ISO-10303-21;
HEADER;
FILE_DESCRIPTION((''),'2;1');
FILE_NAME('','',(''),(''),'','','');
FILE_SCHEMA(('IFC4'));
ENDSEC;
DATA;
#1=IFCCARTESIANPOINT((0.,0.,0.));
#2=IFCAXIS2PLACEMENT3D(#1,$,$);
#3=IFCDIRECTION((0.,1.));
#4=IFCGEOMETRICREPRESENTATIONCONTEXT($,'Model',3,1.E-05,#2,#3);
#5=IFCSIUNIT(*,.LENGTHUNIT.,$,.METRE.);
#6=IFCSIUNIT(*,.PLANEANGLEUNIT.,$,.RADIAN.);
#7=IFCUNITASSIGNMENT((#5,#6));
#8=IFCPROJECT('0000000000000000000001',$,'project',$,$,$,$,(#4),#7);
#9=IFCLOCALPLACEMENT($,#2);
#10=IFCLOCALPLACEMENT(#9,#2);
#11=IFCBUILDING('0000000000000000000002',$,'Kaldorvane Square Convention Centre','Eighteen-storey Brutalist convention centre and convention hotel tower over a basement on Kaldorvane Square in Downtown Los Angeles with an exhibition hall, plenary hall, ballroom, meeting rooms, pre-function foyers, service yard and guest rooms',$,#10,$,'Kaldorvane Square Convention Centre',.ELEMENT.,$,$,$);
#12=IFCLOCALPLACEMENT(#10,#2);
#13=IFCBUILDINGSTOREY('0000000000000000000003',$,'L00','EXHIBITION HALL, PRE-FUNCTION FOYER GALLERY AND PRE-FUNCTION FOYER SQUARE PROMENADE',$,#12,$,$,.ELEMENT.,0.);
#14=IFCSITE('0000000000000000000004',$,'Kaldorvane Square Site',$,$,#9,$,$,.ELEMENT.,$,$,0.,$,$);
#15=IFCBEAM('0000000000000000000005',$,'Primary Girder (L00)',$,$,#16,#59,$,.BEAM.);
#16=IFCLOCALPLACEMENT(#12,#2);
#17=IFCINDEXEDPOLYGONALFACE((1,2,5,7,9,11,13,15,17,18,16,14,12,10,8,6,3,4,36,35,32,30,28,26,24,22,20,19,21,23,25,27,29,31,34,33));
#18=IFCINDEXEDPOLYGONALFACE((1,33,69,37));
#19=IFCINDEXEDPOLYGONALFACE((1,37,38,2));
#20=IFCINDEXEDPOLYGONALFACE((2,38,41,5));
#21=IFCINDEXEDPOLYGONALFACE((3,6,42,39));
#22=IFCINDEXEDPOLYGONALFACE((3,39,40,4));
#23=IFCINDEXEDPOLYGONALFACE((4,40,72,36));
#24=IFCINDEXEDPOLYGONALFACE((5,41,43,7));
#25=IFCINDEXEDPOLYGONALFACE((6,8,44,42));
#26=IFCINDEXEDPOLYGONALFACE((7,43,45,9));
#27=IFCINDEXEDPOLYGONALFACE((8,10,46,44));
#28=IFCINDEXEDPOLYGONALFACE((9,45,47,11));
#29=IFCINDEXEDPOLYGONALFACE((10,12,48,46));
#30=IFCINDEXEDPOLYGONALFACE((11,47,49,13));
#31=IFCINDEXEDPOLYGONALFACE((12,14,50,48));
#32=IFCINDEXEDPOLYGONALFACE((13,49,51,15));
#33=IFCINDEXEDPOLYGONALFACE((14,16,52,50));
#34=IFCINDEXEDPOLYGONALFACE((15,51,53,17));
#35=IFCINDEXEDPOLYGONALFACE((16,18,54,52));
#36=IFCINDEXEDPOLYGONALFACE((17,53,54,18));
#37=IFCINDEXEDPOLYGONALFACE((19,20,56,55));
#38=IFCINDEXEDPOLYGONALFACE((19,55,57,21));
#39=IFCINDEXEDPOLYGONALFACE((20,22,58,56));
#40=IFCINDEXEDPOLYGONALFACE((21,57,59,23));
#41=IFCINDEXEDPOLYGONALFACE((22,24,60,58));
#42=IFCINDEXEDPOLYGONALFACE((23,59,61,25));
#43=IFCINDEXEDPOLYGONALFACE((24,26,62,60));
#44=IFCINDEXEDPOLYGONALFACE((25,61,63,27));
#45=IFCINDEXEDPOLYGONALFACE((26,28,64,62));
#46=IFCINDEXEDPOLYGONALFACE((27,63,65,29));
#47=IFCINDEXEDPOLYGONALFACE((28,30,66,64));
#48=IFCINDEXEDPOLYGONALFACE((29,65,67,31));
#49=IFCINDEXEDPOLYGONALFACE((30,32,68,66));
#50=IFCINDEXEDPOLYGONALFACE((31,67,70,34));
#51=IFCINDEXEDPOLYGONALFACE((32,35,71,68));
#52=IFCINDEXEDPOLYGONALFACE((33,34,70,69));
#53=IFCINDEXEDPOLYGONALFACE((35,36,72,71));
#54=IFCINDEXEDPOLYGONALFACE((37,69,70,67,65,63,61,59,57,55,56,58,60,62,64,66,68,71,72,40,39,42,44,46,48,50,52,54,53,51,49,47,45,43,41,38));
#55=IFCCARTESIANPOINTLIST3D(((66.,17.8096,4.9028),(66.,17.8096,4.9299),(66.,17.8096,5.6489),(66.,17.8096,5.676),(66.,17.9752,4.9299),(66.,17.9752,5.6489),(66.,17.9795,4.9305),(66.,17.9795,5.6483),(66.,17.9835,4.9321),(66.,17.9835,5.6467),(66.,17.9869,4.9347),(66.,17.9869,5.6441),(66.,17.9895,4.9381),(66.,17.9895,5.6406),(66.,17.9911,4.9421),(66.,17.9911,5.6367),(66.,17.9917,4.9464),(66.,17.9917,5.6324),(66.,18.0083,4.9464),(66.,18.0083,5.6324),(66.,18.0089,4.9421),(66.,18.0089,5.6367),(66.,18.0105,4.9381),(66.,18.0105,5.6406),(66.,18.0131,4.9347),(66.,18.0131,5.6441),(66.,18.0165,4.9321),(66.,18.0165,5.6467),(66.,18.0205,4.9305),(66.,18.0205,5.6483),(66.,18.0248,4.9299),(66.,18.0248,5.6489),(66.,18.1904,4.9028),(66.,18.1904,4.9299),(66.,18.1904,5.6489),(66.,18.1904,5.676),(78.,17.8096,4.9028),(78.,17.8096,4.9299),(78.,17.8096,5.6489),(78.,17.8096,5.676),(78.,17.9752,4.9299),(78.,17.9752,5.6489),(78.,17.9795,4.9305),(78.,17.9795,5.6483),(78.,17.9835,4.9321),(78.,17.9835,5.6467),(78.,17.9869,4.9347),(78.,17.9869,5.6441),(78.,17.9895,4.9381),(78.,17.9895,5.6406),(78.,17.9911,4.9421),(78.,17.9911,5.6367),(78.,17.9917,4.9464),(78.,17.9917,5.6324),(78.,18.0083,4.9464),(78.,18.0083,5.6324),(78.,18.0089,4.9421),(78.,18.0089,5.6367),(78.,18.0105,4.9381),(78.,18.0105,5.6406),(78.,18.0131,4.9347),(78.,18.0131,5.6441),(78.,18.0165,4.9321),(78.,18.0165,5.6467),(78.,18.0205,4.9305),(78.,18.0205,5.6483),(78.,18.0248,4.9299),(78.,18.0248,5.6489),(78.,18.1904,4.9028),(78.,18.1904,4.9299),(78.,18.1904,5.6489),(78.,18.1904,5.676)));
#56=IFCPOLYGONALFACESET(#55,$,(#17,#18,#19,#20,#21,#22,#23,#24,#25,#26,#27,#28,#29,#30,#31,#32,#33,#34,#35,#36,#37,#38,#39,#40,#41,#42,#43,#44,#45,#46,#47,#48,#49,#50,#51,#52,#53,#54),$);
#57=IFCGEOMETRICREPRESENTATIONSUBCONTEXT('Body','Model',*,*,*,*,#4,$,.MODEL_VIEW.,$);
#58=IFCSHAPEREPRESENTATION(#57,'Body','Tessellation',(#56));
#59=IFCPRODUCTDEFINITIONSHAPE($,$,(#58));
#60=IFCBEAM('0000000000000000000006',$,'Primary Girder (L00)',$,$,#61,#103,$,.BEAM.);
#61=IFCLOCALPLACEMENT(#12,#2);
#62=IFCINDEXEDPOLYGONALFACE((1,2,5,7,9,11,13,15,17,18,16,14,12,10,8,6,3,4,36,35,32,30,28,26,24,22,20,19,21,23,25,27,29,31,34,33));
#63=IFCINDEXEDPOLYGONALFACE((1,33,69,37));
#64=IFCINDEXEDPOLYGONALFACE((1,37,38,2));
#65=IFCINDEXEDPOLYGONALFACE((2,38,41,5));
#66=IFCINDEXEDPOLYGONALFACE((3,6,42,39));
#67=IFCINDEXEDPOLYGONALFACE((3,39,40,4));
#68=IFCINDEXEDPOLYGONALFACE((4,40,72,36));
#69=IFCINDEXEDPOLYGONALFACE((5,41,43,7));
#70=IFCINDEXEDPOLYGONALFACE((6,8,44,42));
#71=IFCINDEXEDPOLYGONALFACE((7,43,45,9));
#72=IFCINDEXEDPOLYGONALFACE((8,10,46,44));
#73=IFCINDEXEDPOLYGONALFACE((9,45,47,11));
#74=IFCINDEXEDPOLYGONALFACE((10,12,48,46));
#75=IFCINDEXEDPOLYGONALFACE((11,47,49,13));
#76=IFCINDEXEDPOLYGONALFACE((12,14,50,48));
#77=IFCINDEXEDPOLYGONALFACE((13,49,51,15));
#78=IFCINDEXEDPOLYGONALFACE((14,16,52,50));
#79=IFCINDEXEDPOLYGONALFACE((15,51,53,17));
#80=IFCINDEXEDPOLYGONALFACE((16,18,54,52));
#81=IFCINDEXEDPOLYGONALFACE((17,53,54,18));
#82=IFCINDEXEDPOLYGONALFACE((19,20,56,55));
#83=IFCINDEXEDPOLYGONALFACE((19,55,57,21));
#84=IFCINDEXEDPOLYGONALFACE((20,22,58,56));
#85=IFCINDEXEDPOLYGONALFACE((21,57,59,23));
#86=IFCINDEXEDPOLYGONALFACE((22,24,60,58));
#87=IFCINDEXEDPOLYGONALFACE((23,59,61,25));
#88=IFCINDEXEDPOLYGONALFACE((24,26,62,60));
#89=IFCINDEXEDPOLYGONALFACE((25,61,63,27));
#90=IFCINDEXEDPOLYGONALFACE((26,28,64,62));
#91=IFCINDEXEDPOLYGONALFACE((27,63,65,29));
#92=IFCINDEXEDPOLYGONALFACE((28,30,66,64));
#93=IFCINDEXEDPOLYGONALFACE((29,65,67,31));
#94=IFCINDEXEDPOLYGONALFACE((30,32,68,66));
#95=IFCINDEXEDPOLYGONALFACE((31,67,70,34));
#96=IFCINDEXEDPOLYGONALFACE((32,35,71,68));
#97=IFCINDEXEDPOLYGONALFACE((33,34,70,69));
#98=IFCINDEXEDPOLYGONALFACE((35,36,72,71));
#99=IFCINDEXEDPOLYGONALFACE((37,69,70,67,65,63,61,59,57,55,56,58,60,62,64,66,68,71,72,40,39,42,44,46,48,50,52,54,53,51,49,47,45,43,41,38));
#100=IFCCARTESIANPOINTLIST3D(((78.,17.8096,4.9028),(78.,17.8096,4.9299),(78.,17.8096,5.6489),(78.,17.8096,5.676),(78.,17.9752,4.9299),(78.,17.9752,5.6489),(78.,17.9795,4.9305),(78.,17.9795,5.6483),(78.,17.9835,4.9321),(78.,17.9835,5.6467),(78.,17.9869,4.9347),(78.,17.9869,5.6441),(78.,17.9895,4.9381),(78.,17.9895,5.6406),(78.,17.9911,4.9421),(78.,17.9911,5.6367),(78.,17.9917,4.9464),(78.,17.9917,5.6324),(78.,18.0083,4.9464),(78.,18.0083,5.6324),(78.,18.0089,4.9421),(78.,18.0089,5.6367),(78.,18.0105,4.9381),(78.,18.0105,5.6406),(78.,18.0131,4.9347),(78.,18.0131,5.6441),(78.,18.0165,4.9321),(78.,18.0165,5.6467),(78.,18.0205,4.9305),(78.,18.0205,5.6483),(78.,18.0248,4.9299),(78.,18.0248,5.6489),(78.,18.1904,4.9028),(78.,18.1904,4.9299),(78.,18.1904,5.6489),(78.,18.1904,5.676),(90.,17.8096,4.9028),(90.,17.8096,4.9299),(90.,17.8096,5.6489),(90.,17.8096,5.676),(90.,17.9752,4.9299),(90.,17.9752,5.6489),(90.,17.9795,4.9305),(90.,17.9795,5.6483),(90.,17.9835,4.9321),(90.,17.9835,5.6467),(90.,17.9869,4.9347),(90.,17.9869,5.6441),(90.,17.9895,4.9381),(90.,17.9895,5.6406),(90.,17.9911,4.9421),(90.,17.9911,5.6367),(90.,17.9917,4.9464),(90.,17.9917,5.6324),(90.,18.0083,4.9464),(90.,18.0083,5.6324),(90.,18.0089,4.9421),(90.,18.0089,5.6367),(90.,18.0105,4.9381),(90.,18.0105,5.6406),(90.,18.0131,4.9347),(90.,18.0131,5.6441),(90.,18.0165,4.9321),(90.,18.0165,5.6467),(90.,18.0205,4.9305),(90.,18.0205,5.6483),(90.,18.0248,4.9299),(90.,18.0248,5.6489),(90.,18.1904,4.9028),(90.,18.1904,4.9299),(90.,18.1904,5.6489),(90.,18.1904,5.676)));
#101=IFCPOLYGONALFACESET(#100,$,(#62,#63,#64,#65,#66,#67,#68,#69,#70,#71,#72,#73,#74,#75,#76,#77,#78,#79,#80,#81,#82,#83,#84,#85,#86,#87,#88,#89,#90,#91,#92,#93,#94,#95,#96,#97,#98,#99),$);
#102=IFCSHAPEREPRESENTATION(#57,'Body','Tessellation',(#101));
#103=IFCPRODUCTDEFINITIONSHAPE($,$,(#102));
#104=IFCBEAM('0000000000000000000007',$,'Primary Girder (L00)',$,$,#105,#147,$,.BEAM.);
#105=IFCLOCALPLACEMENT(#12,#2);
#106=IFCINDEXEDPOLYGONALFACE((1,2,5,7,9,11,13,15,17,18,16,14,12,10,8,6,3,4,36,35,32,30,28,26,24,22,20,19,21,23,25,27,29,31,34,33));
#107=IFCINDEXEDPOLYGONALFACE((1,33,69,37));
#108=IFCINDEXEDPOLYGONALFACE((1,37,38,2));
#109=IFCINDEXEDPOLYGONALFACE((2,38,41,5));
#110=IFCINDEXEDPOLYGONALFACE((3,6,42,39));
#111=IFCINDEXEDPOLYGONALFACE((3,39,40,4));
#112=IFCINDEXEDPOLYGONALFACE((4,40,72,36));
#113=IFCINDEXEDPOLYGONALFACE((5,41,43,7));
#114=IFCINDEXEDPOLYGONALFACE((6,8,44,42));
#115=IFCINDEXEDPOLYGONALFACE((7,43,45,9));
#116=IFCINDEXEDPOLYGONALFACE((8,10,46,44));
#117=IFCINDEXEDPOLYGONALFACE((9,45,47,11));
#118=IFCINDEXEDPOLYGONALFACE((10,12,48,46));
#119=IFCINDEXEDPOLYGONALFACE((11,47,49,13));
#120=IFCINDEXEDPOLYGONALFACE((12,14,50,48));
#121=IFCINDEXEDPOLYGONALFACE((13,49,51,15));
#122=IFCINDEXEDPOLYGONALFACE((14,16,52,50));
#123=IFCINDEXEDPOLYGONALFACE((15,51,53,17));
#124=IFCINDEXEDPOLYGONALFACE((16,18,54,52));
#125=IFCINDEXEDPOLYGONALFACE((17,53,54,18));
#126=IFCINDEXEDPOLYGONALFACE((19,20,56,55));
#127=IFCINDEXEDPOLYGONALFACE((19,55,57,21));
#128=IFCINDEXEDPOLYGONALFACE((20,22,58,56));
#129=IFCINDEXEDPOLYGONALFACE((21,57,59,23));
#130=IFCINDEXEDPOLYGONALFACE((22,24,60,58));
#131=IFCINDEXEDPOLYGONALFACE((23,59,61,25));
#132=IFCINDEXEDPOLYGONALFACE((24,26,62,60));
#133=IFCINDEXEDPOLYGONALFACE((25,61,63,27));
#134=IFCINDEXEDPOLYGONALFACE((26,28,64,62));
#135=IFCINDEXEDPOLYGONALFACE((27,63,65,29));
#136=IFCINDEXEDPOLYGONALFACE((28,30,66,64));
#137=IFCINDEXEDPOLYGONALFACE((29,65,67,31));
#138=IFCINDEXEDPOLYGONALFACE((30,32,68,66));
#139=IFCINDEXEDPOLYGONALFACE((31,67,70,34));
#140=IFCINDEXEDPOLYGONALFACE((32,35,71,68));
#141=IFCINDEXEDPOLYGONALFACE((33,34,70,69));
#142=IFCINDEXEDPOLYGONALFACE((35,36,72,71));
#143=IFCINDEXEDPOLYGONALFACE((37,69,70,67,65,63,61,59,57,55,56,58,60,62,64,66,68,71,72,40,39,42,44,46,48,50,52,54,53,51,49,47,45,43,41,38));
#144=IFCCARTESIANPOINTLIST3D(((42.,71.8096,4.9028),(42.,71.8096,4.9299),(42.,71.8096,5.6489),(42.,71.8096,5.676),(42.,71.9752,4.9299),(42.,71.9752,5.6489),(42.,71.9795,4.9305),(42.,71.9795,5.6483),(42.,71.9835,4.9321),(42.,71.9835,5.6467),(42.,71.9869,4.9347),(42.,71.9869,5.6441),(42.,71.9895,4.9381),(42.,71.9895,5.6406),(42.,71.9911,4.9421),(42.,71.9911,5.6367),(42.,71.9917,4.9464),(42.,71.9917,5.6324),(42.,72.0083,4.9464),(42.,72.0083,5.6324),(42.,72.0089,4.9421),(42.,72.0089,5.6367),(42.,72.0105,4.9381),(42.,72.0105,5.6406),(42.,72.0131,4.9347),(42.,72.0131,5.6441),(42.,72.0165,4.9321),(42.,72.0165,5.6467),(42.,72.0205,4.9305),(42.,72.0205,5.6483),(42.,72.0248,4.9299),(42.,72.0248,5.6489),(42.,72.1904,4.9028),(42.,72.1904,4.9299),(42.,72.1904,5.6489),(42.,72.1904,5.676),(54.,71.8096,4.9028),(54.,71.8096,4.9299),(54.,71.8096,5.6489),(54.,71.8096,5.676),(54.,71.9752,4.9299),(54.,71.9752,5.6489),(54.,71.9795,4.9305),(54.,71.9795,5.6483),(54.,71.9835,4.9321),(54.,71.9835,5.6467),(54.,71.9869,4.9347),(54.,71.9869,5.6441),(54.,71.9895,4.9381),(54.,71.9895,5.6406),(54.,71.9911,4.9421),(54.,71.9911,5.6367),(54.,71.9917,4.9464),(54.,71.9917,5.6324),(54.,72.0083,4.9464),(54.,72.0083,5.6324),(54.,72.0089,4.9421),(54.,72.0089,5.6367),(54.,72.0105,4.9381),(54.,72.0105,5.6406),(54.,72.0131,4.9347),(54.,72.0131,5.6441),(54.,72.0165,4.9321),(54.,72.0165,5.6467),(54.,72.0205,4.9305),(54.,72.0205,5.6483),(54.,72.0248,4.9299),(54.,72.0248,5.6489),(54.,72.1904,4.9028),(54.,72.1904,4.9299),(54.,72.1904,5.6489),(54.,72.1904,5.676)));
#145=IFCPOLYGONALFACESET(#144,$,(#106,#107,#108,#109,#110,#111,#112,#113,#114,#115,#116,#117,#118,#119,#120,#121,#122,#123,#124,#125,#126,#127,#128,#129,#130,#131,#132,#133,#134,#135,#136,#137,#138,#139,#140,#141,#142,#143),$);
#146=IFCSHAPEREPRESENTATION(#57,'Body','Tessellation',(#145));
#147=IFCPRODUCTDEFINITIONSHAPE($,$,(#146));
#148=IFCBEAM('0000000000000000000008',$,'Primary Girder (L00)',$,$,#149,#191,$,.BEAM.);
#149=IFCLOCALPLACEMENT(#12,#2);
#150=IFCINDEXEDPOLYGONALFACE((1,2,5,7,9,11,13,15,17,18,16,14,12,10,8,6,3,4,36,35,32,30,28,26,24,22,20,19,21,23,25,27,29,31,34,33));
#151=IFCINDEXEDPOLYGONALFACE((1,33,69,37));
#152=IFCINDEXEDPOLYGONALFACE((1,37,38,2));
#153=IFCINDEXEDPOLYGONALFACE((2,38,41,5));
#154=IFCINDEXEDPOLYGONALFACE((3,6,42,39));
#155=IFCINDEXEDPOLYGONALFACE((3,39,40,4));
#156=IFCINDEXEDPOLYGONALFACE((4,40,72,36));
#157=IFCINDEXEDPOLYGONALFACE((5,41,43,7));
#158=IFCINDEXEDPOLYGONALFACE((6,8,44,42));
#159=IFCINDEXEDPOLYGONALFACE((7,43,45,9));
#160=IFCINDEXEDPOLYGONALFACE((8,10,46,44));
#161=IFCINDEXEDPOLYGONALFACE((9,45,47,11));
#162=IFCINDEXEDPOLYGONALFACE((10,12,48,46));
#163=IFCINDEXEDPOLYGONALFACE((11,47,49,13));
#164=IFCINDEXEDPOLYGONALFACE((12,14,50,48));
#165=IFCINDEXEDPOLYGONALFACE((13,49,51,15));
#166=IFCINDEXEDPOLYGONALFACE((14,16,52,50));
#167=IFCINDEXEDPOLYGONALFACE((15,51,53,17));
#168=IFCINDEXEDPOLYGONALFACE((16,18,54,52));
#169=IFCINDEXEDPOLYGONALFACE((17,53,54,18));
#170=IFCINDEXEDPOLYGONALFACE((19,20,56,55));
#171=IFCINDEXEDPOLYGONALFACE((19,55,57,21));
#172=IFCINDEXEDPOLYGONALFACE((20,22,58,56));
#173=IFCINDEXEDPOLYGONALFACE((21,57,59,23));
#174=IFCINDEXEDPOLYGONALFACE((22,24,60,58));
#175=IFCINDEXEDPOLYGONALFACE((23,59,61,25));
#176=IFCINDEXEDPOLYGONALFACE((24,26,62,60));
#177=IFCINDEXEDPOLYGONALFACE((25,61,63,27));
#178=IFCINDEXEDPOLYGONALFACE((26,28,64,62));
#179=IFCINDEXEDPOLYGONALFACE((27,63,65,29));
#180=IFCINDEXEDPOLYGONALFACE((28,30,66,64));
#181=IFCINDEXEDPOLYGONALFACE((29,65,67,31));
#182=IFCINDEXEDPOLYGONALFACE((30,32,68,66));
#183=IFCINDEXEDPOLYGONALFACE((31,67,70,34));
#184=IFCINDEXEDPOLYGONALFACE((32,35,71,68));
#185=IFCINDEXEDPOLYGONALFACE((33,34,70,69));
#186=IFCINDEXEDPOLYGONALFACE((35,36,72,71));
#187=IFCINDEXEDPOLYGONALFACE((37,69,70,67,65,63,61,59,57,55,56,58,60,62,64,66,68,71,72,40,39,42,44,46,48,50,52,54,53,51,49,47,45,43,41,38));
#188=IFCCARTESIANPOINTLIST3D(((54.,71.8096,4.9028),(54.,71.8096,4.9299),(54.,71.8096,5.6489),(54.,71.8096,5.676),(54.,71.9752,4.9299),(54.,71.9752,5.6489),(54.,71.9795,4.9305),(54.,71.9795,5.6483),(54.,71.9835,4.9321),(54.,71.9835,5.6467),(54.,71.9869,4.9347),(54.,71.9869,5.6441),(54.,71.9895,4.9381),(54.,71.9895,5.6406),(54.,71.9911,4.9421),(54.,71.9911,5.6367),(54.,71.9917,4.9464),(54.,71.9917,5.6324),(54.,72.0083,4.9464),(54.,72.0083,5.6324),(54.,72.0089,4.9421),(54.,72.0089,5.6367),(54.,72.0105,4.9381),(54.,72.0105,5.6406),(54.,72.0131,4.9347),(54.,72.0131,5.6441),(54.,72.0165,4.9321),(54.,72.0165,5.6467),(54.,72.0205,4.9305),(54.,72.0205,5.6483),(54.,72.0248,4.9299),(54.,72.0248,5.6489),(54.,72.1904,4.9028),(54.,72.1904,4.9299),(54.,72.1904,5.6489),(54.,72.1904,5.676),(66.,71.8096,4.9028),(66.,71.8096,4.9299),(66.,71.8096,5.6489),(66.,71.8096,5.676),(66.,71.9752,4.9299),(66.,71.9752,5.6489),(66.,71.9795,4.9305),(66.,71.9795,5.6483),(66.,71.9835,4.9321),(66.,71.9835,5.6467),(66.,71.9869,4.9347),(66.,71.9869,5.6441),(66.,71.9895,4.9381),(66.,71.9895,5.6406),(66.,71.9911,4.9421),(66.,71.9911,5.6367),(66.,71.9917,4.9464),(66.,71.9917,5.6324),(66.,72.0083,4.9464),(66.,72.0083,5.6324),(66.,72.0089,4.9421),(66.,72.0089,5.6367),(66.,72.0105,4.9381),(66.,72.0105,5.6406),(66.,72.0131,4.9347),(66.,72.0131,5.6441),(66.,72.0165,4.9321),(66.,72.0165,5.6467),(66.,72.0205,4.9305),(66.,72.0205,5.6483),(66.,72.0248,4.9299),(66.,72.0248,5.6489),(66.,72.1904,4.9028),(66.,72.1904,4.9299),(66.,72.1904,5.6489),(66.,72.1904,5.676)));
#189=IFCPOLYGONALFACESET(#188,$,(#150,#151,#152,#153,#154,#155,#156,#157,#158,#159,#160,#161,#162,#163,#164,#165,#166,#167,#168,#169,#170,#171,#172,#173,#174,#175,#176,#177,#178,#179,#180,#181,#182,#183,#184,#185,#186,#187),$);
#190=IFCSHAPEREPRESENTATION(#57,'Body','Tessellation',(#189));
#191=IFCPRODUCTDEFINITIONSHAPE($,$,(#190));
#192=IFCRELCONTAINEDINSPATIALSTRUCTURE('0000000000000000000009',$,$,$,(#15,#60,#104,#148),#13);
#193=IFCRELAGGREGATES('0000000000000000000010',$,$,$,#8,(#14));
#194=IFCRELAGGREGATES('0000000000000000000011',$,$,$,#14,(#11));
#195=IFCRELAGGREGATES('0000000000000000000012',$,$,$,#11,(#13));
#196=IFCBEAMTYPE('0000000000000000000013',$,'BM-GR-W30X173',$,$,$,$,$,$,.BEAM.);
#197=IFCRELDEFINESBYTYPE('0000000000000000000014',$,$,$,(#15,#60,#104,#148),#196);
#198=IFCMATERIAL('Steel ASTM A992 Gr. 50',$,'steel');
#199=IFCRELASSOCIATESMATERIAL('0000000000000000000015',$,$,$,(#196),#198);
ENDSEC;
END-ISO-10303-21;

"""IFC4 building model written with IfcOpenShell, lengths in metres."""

from ifc_helpers import new_model, si_unit, direction, frame, origin, origin_2d, place, context, subcontext, project, spatial, i_section, extrude, material, material_profile, profile_set, type_object, element, save


model = new_model("IFC4")

# Units and contexts
model_context = context("Model", 3, precision=1e-05, world=origin(), true_north=direction((0.0, 1.0)))
body_context = subcontext(model_context, "Body", "Model", "MODEL_VIEW")
ifc_project = project(units=[si_unit("LENGTHUNIT", "METRE"), si_unit("PLANEANGLEUNIT", "RADIAN")], contexts=[model_context])

# Site, building, storey
site_placement = place(None, origin())
site = spatial("IfcSite", under=ifc_project, at=site_placement, Name="Kaldorvane Square Site", CompositionType="ELEMENT", RefElevation=0.0)
building_placement = place(site_placement, origin())
building = spatial("IfcBuilding", under=site, at=building_placement, Name="Kaldorvane Square Convention Centre", Description="Eighteen-storey Brutalist convention centre and convention hotel tower over a basement on Kaldorvane Square in Downtown Los Angeles with an exhibition hall, plenary hall, ballroom, meeting rooms, pre-function foyers, service yard and guest rooms", LongName="Kaldorvane Square Convention Centre", CompositionType="ELEMENT")
storey_placement = place(building_placement, origin())
storey = spatial("IfcBuildingStorey", under=building, at=storey_placement, Name="L00", Description="EXHIBITION HALL, PRE-FUNCTION FOYER GALLERY AND PRE-FUNCTION FOYER SQUARE PROMENADE", CompositionType="ELEMENT", Elevation=0.0)

# Beams
ifc_material_1 = material(Name="Steel ASTM A992 Gr. 50", Category="steel")
ifc_material_profile_1 = material_profile(ifc_material_1, i_section(OverallWidth=0.3807, OverallDepth=0.7732, WebThickness=0.0166, FlangeThickness=0.0271, FilletRadius=0.0165, at=origin_2d()), Name="W30X173")
ifc_profile_set_1 = profile_set([ifc_material_profile_1], Name="Steel ASTM A992 Gr. 50")
beam_type_1 = type_object("IfcBeamType", Name="BM-GR-W30X173", PredefinedType="BEAM", material=ifc_profile_set_1)
for number, where, z_axis, x_axis, name in (
    (1, (66.0, 18.0, 5.2894), (1.0, 0.0, 0.0), (0.0, 1.0, 0.0), "Primary Girder (L00)"),
    (2, (78.0, 18.0, 5.2894), (1.0, 0.0, 0.0), (0.0, 1.0, 0.0), "Primary Girder (L00)"),
    (3, (42.0, 72.0, 5.2894), (1.0, 0.0, 0.0), (0.0, 1.0, 0.0), "Primary Girder (L00)"),
    (4, (54.0, 72.0, 5.2894), (1.0, 0.0, 0.0), (0.0, 1.0, 0.0), "Primary Girder (L00)"),
):
    element("IfcBeam", number, at=place(storey_placement, frame(where, z_axis=z_axis, x_axis=x_axis)), inside=storey, type_object=beam_type_1, Name=name, PredefinedType="BEAM", context=body_context, shape_type="SweptSolid", body=[
        extrude(i_section(OverallWidth=0.3807, OverallDepth=0.7732, WebThickness=0.0166, FlangeThickness=0.0271, FilletRadius=0.0165, at=origin_2d()), origin(), (0.0, 0.0, 1.0), 12.0),
    ])

save(model, "model.ifc")
